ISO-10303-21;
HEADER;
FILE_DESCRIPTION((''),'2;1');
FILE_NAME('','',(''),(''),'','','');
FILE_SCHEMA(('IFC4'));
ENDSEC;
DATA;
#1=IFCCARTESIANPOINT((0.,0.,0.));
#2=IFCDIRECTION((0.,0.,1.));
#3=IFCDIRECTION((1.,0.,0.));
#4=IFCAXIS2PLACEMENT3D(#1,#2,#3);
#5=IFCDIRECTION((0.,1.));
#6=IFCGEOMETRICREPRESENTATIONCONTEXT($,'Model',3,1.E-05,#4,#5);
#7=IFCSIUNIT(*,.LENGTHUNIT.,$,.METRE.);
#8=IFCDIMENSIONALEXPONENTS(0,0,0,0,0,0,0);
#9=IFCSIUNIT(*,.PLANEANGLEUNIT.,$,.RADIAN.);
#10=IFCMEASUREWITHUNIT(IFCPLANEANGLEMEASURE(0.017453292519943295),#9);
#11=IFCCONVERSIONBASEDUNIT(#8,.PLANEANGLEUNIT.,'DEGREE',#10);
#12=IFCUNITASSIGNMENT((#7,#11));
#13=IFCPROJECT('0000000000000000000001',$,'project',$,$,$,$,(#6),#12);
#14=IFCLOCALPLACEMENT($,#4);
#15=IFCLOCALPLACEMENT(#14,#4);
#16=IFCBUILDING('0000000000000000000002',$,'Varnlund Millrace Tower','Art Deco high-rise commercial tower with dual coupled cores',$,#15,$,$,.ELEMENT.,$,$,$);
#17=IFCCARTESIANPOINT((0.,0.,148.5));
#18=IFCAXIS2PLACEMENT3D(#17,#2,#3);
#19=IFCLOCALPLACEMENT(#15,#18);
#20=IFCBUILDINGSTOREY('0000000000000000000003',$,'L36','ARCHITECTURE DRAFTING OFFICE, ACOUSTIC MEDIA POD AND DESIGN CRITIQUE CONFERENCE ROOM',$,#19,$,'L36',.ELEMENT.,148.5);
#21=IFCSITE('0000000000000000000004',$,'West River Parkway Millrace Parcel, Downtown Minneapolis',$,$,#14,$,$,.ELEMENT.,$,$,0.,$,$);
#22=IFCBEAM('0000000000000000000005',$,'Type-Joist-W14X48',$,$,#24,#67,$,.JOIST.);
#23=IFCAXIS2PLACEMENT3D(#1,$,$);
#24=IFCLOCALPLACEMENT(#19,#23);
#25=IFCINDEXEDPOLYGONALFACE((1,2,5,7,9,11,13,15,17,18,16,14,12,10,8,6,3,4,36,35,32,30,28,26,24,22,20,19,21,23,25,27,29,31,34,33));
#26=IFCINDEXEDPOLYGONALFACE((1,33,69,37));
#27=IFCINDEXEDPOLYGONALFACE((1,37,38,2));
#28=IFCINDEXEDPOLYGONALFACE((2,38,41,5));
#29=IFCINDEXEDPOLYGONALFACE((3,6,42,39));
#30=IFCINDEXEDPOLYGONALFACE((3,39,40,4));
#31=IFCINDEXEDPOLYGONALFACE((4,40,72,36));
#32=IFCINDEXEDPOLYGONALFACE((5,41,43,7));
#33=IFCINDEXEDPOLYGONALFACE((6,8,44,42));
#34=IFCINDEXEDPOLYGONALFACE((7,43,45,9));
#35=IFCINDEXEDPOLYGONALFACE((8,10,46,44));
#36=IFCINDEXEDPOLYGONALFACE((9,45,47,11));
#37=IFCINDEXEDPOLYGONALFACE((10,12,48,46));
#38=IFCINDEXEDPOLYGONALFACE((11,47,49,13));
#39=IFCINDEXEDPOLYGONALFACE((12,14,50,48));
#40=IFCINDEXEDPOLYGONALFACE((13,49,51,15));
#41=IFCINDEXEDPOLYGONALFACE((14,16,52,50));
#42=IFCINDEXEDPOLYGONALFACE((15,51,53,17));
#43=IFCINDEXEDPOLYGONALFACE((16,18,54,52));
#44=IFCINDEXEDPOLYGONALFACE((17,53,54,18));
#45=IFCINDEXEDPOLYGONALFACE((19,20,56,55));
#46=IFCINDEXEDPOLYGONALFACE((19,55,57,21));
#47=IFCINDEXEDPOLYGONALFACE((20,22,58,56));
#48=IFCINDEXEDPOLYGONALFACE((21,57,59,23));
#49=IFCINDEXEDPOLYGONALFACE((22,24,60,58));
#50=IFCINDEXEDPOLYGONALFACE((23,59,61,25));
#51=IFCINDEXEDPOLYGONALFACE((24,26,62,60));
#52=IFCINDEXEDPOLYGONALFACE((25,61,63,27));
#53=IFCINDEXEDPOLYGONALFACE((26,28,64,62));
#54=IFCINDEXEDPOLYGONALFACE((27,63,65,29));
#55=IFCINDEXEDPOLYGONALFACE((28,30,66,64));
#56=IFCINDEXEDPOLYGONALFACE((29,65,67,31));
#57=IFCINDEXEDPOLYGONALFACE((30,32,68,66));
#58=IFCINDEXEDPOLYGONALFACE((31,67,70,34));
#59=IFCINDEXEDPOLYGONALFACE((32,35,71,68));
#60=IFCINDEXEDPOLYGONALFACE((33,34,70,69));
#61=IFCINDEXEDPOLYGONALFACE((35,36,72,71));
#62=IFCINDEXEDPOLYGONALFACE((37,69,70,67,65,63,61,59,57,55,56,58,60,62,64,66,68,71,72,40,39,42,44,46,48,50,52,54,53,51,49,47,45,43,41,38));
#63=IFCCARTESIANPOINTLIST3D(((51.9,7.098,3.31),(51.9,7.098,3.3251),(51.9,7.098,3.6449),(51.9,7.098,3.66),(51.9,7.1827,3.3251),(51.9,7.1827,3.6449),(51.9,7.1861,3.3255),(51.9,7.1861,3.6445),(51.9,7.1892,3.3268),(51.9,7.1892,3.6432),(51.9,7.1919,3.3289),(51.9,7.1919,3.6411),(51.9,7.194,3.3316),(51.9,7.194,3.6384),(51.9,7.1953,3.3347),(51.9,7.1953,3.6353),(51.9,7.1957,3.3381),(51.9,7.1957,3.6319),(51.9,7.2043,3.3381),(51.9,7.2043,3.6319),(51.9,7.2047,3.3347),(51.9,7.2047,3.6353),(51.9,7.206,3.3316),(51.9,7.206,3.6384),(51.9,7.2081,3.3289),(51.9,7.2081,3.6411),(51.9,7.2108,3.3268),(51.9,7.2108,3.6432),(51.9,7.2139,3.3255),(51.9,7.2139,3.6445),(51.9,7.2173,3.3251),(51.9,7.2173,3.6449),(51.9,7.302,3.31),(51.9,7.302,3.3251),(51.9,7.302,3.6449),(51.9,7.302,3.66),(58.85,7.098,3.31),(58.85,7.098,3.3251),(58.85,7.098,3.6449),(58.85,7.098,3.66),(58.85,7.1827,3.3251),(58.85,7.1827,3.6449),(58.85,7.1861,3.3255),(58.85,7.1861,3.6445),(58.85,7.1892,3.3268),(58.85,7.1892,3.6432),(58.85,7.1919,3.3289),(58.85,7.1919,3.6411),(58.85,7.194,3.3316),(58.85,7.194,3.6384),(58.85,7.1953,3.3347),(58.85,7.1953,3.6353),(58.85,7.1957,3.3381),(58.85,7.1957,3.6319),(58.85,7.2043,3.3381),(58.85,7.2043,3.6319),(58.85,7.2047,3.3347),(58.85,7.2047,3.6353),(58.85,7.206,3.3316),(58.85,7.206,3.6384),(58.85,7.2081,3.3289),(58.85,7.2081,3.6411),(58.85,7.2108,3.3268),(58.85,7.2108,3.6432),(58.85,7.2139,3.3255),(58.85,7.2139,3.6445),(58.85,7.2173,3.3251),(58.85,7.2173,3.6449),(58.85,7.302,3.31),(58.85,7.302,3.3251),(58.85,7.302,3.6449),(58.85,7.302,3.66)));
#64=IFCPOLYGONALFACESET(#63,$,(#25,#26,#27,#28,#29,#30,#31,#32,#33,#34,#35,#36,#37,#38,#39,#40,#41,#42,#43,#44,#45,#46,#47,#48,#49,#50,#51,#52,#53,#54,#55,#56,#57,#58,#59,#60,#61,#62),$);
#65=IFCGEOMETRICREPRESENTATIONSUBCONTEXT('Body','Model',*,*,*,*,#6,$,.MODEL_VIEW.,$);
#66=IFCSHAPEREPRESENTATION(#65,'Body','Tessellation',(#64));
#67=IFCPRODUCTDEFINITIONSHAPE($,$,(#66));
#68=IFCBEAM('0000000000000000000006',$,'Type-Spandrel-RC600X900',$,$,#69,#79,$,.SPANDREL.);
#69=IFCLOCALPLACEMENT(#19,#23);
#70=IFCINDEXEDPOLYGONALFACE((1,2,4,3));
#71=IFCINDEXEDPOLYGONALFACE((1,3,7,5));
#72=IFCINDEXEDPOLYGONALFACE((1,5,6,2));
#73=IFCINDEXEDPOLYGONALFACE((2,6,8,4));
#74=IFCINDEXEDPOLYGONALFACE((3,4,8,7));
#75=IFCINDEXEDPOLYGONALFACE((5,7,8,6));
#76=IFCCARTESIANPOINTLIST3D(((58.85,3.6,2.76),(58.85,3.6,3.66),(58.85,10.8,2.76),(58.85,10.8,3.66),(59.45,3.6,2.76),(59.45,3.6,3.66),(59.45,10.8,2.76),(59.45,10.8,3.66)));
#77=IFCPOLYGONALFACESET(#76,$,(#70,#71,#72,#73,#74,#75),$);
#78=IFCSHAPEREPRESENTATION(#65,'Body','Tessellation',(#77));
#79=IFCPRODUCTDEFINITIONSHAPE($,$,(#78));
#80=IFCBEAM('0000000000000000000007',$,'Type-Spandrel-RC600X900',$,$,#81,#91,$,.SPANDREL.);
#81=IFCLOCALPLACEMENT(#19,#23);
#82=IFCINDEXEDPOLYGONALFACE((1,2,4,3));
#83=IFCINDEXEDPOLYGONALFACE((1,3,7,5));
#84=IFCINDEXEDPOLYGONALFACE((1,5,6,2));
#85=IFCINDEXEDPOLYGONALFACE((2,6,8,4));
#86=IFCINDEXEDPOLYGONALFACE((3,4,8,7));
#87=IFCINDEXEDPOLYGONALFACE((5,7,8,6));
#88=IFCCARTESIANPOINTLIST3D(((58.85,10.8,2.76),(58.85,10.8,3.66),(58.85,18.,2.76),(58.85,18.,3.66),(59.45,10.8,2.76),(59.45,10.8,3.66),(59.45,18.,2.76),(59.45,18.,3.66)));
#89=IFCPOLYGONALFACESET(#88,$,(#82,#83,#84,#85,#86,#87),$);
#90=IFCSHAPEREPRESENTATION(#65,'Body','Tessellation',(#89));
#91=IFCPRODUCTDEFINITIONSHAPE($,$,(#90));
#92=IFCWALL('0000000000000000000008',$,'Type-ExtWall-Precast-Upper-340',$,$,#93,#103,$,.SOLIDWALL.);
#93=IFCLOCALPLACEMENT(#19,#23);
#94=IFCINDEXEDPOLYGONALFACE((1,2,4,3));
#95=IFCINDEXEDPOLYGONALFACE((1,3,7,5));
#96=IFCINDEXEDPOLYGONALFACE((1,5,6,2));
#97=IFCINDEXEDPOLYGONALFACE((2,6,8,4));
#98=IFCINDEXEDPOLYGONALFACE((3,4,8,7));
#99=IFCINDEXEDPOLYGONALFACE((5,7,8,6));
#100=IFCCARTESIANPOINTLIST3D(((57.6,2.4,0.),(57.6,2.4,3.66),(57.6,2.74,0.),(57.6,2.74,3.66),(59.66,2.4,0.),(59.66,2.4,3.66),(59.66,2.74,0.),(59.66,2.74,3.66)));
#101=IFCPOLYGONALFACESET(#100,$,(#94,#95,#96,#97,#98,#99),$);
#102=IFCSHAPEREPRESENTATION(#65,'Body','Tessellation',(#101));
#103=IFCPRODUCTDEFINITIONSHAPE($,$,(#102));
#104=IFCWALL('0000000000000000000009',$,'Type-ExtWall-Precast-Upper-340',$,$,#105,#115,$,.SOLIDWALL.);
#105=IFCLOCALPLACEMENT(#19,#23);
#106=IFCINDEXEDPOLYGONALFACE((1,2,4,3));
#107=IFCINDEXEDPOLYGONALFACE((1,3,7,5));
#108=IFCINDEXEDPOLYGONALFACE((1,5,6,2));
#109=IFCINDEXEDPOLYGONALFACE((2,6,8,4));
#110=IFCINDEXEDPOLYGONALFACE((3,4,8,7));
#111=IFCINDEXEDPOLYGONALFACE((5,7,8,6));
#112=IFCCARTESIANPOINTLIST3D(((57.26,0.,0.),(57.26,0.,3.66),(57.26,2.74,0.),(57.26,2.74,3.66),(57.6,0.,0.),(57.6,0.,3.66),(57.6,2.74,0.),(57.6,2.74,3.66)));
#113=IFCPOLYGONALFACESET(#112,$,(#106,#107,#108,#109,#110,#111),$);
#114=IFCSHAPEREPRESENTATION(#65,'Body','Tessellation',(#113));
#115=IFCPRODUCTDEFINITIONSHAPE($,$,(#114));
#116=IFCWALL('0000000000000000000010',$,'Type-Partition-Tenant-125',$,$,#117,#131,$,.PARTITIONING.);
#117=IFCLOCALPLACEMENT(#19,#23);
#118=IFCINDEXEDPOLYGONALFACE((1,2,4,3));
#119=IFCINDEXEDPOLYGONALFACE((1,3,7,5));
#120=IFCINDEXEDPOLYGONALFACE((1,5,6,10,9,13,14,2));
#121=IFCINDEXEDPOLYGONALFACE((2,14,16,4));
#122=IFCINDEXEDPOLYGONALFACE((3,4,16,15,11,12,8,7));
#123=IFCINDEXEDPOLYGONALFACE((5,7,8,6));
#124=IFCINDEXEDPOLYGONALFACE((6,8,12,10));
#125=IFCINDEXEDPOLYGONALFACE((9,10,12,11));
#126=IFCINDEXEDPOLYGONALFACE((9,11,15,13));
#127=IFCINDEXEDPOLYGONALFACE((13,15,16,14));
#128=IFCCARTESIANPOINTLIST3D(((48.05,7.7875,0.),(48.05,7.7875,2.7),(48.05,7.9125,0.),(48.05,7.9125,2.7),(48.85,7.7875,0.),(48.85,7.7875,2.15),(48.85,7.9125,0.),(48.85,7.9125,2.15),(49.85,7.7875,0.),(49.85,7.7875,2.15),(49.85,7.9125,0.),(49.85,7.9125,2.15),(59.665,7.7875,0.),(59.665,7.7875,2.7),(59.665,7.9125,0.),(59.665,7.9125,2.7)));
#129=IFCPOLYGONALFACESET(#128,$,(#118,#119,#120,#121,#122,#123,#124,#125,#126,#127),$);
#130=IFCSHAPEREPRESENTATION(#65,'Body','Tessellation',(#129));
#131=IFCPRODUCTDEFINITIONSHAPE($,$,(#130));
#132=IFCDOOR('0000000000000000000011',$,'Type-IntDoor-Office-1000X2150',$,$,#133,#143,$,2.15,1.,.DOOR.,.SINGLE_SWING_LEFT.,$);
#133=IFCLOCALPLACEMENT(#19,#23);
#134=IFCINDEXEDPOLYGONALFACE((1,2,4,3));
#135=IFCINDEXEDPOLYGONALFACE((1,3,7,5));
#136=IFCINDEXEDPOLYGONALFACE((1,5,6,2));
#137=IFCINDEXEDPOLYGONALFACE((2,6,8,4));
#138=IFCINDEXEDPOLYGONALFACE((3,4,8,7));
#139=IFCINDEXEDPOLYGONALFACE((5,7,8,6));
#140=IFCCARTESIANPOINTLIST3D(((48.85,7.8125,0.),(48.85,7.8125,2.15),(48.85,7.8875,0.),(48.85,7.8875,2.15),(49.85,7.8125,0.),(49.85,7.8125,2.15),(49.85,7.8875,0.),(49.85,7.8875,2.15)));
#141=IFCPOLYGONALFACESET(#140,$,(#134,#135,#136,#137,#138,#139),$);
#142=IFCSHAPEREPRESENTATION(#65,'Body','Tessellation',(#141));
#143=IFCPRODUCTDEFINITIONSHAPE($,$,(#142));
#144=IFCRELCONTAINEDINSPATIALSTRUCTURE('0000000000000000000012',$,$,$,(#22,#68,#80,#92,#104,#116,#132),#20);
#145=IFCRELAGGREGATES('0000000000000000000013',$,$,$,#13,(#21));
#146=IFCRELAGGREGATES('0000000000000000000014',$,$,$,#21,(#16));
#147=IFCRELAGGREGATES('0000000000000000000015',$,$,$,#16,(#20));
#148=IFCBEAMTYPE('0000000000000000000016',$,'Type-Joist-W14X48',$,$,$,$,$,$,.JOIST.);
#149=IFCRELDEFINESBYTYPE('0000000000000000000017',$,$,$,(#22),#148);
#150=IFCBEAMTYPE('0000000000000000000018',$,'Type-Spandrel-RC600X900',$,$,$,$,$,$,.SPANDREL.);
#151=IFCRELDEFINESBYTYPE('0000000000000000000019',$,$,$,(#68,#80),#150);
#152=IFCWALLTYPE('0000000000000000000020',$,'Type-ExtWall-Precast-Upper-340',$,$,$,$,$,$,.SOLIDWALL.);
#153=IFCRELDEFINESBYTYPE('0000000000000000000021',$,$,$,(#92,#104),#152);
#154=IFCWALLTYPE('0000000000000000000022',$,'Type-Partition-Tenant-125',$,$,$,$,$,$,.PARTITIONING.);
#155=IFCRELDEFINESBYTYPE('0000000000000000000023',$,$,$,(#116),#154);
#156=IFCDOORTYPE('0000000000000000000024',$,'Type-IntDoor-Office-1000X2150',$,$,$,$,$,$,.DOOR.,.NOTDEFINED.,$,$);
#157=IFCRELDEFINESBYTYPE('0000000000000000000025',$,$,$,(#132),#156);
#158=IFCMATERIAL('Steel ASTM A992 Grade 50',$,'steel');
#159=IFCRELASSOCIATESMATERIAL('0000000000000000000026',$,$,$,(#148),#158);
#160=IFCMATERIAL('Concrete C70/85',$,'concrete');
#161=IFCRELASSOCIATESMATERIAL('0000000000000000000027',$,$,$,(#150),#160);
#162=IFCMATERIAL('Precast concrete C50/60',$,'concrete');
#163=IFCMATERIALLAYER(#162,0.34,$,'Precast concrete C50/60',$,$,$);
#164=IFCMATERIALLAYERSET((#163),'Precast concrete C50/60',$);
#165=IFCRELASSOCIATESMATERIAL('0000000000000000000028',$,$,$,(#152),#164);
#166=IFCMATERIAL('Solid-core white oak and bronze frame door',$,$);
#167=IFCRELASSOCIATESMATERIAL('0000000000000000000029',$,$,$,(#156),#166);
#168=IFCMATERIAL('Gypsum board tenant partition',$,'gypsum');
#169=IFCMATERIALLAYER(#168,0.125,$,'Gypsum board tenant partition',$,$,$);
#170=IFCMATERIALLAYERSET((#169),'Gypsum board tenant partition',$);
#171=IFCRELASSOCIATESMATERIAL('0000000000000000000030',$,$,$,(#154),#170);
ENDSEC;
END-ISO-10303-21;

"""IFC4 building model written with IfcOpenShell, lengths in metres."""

from ifc_helpers import new_model, entity, si_unit, converted_unit, direction, frame, origin_with_axes, origin_2d_with_axis, place, context, subcontext, project, spatial, polyline, rectangle, i_section, outline, extrude, material, layer, layer_set, material_profile, profile_set, type_object, element, fill, save


model = new_model("IFC4")

# Units and contexts
model_context = context("Model", 3, precision=1e-05, world=origin_with_axes(), true_north=direction((0.0, 1.0)))
body_context = subcontext(model_context, "Body", "Model", "MODEL_VIEW")
ifc_project = project(units=[si_unit("LENGTHUNIT", "METRE"), converted_unit("PLANEANGLEUNIT", "DEGREE", entity("IfcPlaneAngleMeasure", 0.017453292519943295), si_unit("PLANEANGLEUNIT", "RADIAN"), dimensions=[0, 0, 0, 0, 0, 0, 0])], contexts=[model_context])

# Site, building, storey
site_placement = place(None, origin_with_axes())
site = spatial("IfcSite", under=ifc_project, at=site_placement, Name="West River Parkway Millrace Parcel, Downtown Minneapolis", CompositionType="ELEMENT", RefElevation=0.0)
building_placement = place(site_placement, origin_with_axes())
building = spatial("IfcBuilding", under=site, at=building_placement, Name="Varnlund Millrace Tower", Description="Art Deco high-rise commercial tower with dual coupled cores", CompositionType="ELEMENT")
storey_placement = place(building_placement, frame((0.0, 0.0, 148.5), z_axis=(0.0, 0.0, 1.0), x_axis=(1.0, 0.0, 0.0)))
storey = spatial("IfcBuildingStorey", under=building, at=storey_placement, Name="L36", Description="ARCHITECTURE DRAFTING OFFICE, ACOUSTIC MEDIA POD AND DESIGN CRITIQUE CONFERENCE ROOM", LongName="L36", CompositionType="ELEMENT", Elevation=148.5)

# Beams
ifc_material_1 = material(Name="Steel ASTM A992 Grade 50", Category="steel")
ifc_material_profile_1 = material_profile(ifc_material_1, i_section(OverallWidth=0.204, OverallDepth=0.35, WebThickness=0.0086, FlangeThickness=0.0151, FilletRadius=0.013, at=origin_2d_with_axis()), Name="Steel ASTM A992 Grade 50")
ifc_profile_set_1 = profile_set([ifc_material_profile_1], Name="Steel ASTM A992 Grade 50")
beam_type_1 = type_object("IfcBeamType", Name="Type-Joist-W14X48", PredefinedType="JOIST", material=ifc_profile_set_1)
beam_placement = place(storey_placement, frame((51.9, 7.2, 3.485), z_axis=(1.0, 0.0, 0.0), x_axis=(0.0, 1.0, 0.0)))
element("IfcBeam", 1, at=beam_placement, inside=storey, type_object=beam_type_1, Name="Type-Joist-W14X48", PredefinedType="JOIST", context=body_context, shape_type="SweptSolid", body=[
    extrude(i_section(OverallWidth=0.204, OverallDepth=0.35, WebThickness=0.0086, FlangeThickness=0.0151, FilletRadius=0.013, at=origin_2d_with_axis()), origin_with_axes(), (0.0, 0.0, 1.0), 6.95),
])
ifc_material_2 = material(Name="Concrete C70/85", Category="concrete")
ifc_material_profile_2 = material_profile(ifc_material_2, rectangle(XDim=0.6, YDim=0.9, at=origin_2d_with_axis()), Name="Concrete C70/85")
ifc_profile_set_2 = profile_set([ifc_material_profile_2], Name="Concrete C70/85")
beam_type_2 = type_object("IfcBeamType", Name="Type-Spandrel-RC600X900", PredefinedType="SPANDREL", material=ifc_profile_set_2)
for number, where, z_axis, x_axis, name in (
    (2, (59.15, 3.6, 3.21), (0.0, 1.0, 0.0), (-1.0, 0.0, 0.0), "Type-Spandrel-RC600X900"),
    (3, (59.15, 10.8, 3.21), (0.0, 1.0, 0.0), (-1.0, 0.0, 0.0), "Type-Spandrel-RC600X900"),
):
    element("IfcBeam", number, at=place(storey_placement, frame(where, z_axis=z_axis, x_axis=x_axis)), inside=storey, type_object=beam_type_2, Name=name, PredefinedType="SPANDREL", context=body_context, shape_type="SweptSolid", body=[
        extrude(rectangle(XDim=0.6, YDim=0.9, at=origin_2d_with_axis()), origin_with_axes(), (0.0, 0.0, 1.0), 7.2),
    ])

# Walls
ifc_material_3 = material(Name="Precast concrete C50/60", Category="concrete")
ifc_layer_1 = layer(ifc_material_3, 0.34, Name="Precast concrete C50/60")
ifc_layer_set_1 = layer_set([ifc_layer_1], Name="Precast concrete C50/60")
wall_type_1 = type_object("IfcWallType", Name="Type-ExtWall-Precast-Upper-340", PredefinedType="SOLIDWALL", material=ifc_layer_set_1)
wall_1_placement = place(storey_placement, frame((59.66, 2.57, 0.0), z_axis=(0.0, 0.0, 1.0), x_axis=(-1.0, 0.0, 0.0)))
element("IfcWall", 4, at=wall_1_placement, inside=storey, type_object=wall_type_1, Name="Type-ExtWall-Precast-Upper-340", PredefinedType="SOLIDWALL", context=body_context, shape_type="SweptSolid", body=[
    extrude(outline(polyline([(0.0, -0.17), (2.06, -0.17), (2.06, 0.17), (0.0, 0.17), (0.0, -0.17)])), origin_with_axes(), (0.0, 0.0, 1.0), 3.66),
])
wall_2_placement = place(storey_placement, frame((57.43, 2.74, 0.0), z_axis=(0.0, 0.0, 1.0), x_axis=(0.0, -1.0, 0.0)))
element("IfcWall", 5, at=wall_2_placement, inside=storey, type_object=wall_type_1, Name="Type-ExtWall-Precast-Upper-340", PredefinedType="SOLIDWALL", context=body_context, shape_type="SweptSolid", body=[
    extrude(outline(polyline([(0.0, -0.17), (2.74, -0.17), (2.74, 0.17), (0.0, 0.17), (0.0, -0.17)])), origin_with_axes(), (0.0, 0.0, 1.0), 3.66),
])

# Shared definitions
ifc_material_4 = material(Name="Solid-core white oak and bronze frame door")
door_type = type_object("IfcDoorType", Name="Type-IntDoor-Office-1000X2150", OperationType="NOTDEFINED", PredefinedType="DOOR", material=ifc_material_4)

# Wall, opening, door
ifc_material_5 = material(Name="Gypsum board tenant partition", Category="gypsum")
ifc_layer_2 = layer(ifc_material_5, 0.125, Name="Gypsum board tenant partition")
ifc_layer_set_2 = layer_set([ifc_layer_2], Name="Gypsum board tenant partition")
wall_type_2 = type_object("IfcWallType", Name="Type-Partition-Tenant-125", PredefinedType="PARTITIONING", material=ifc_layer_set_2)
wall_3_placement = place(storey_placement, frame((59.665, 7.85, 0.0), z_axis=(0.0, 0.0, 1.0), x_axis=(-1.0, 0.0, 0.0)))
wall_3 = element("IfcWall", 6, at=wall_3_placement, inside=storey, type_object=wall_type_2, Name="Type-Partition-Tenant-125", PredefinedType="PARTITIONING", context=body_context, shape_type="SweptSolid", body=[
    extrude(outline(polyline([(0.0, -0.0625), (11.615, -0.0625), (11.615, 0.0625), (0.0, 0.0625), (0.0, -0.0625)])), origin_with_axes(), (0.0, 0.0, 1.0), 2.7),
])
opening_1_placement = place(wall_3_placement, frame((10.315, 0.0, 0.0), z_axis=(0.0, 0.0, 1.0), x_axis=(1.0, 0.0, 0.0)))
opening_1 = element("IfcOpeningElement", 7, at=opening_1_placement, cuts=wall_3, PredefinedType="OPENING", context=body_context, shape_type="SweptSolid", body=[
    extrude(rectangle(XDim=1.0, YDim=0.145, at=origin_2d_with_axis()), origin_with_axes(), (0.0, 0.0, 1.0), 2.15),
])
door_1_placement = place(wall_3_placement, frame((10.315, 0.0, 0.0), z_axis=(0.0, 0.0, 1.0), x_axis=(1.0, 0.0, 0.0)))
door_1 = element("IfcDoor", 8, at=door_1_placement, inside=storey, type_object=door_type, Name="Type-IntDoor-Office-1000X2150", OperationType="SINGLE_SWING_LEFT", OverallHeight=2.15, OverallWidth=1.0, PredefinedType="DOOR", context=body_context, shape_type="SweptSolid", body=[
    extrude(rectangle(XDim=1.0, YDim=0.075, at=origin_2d_with_axis()), origin_with_axes(), (0.0, 0.0, 1.0), 2.15),
])
fill(opening_1, door_1)

save(model, "model.ifc")
